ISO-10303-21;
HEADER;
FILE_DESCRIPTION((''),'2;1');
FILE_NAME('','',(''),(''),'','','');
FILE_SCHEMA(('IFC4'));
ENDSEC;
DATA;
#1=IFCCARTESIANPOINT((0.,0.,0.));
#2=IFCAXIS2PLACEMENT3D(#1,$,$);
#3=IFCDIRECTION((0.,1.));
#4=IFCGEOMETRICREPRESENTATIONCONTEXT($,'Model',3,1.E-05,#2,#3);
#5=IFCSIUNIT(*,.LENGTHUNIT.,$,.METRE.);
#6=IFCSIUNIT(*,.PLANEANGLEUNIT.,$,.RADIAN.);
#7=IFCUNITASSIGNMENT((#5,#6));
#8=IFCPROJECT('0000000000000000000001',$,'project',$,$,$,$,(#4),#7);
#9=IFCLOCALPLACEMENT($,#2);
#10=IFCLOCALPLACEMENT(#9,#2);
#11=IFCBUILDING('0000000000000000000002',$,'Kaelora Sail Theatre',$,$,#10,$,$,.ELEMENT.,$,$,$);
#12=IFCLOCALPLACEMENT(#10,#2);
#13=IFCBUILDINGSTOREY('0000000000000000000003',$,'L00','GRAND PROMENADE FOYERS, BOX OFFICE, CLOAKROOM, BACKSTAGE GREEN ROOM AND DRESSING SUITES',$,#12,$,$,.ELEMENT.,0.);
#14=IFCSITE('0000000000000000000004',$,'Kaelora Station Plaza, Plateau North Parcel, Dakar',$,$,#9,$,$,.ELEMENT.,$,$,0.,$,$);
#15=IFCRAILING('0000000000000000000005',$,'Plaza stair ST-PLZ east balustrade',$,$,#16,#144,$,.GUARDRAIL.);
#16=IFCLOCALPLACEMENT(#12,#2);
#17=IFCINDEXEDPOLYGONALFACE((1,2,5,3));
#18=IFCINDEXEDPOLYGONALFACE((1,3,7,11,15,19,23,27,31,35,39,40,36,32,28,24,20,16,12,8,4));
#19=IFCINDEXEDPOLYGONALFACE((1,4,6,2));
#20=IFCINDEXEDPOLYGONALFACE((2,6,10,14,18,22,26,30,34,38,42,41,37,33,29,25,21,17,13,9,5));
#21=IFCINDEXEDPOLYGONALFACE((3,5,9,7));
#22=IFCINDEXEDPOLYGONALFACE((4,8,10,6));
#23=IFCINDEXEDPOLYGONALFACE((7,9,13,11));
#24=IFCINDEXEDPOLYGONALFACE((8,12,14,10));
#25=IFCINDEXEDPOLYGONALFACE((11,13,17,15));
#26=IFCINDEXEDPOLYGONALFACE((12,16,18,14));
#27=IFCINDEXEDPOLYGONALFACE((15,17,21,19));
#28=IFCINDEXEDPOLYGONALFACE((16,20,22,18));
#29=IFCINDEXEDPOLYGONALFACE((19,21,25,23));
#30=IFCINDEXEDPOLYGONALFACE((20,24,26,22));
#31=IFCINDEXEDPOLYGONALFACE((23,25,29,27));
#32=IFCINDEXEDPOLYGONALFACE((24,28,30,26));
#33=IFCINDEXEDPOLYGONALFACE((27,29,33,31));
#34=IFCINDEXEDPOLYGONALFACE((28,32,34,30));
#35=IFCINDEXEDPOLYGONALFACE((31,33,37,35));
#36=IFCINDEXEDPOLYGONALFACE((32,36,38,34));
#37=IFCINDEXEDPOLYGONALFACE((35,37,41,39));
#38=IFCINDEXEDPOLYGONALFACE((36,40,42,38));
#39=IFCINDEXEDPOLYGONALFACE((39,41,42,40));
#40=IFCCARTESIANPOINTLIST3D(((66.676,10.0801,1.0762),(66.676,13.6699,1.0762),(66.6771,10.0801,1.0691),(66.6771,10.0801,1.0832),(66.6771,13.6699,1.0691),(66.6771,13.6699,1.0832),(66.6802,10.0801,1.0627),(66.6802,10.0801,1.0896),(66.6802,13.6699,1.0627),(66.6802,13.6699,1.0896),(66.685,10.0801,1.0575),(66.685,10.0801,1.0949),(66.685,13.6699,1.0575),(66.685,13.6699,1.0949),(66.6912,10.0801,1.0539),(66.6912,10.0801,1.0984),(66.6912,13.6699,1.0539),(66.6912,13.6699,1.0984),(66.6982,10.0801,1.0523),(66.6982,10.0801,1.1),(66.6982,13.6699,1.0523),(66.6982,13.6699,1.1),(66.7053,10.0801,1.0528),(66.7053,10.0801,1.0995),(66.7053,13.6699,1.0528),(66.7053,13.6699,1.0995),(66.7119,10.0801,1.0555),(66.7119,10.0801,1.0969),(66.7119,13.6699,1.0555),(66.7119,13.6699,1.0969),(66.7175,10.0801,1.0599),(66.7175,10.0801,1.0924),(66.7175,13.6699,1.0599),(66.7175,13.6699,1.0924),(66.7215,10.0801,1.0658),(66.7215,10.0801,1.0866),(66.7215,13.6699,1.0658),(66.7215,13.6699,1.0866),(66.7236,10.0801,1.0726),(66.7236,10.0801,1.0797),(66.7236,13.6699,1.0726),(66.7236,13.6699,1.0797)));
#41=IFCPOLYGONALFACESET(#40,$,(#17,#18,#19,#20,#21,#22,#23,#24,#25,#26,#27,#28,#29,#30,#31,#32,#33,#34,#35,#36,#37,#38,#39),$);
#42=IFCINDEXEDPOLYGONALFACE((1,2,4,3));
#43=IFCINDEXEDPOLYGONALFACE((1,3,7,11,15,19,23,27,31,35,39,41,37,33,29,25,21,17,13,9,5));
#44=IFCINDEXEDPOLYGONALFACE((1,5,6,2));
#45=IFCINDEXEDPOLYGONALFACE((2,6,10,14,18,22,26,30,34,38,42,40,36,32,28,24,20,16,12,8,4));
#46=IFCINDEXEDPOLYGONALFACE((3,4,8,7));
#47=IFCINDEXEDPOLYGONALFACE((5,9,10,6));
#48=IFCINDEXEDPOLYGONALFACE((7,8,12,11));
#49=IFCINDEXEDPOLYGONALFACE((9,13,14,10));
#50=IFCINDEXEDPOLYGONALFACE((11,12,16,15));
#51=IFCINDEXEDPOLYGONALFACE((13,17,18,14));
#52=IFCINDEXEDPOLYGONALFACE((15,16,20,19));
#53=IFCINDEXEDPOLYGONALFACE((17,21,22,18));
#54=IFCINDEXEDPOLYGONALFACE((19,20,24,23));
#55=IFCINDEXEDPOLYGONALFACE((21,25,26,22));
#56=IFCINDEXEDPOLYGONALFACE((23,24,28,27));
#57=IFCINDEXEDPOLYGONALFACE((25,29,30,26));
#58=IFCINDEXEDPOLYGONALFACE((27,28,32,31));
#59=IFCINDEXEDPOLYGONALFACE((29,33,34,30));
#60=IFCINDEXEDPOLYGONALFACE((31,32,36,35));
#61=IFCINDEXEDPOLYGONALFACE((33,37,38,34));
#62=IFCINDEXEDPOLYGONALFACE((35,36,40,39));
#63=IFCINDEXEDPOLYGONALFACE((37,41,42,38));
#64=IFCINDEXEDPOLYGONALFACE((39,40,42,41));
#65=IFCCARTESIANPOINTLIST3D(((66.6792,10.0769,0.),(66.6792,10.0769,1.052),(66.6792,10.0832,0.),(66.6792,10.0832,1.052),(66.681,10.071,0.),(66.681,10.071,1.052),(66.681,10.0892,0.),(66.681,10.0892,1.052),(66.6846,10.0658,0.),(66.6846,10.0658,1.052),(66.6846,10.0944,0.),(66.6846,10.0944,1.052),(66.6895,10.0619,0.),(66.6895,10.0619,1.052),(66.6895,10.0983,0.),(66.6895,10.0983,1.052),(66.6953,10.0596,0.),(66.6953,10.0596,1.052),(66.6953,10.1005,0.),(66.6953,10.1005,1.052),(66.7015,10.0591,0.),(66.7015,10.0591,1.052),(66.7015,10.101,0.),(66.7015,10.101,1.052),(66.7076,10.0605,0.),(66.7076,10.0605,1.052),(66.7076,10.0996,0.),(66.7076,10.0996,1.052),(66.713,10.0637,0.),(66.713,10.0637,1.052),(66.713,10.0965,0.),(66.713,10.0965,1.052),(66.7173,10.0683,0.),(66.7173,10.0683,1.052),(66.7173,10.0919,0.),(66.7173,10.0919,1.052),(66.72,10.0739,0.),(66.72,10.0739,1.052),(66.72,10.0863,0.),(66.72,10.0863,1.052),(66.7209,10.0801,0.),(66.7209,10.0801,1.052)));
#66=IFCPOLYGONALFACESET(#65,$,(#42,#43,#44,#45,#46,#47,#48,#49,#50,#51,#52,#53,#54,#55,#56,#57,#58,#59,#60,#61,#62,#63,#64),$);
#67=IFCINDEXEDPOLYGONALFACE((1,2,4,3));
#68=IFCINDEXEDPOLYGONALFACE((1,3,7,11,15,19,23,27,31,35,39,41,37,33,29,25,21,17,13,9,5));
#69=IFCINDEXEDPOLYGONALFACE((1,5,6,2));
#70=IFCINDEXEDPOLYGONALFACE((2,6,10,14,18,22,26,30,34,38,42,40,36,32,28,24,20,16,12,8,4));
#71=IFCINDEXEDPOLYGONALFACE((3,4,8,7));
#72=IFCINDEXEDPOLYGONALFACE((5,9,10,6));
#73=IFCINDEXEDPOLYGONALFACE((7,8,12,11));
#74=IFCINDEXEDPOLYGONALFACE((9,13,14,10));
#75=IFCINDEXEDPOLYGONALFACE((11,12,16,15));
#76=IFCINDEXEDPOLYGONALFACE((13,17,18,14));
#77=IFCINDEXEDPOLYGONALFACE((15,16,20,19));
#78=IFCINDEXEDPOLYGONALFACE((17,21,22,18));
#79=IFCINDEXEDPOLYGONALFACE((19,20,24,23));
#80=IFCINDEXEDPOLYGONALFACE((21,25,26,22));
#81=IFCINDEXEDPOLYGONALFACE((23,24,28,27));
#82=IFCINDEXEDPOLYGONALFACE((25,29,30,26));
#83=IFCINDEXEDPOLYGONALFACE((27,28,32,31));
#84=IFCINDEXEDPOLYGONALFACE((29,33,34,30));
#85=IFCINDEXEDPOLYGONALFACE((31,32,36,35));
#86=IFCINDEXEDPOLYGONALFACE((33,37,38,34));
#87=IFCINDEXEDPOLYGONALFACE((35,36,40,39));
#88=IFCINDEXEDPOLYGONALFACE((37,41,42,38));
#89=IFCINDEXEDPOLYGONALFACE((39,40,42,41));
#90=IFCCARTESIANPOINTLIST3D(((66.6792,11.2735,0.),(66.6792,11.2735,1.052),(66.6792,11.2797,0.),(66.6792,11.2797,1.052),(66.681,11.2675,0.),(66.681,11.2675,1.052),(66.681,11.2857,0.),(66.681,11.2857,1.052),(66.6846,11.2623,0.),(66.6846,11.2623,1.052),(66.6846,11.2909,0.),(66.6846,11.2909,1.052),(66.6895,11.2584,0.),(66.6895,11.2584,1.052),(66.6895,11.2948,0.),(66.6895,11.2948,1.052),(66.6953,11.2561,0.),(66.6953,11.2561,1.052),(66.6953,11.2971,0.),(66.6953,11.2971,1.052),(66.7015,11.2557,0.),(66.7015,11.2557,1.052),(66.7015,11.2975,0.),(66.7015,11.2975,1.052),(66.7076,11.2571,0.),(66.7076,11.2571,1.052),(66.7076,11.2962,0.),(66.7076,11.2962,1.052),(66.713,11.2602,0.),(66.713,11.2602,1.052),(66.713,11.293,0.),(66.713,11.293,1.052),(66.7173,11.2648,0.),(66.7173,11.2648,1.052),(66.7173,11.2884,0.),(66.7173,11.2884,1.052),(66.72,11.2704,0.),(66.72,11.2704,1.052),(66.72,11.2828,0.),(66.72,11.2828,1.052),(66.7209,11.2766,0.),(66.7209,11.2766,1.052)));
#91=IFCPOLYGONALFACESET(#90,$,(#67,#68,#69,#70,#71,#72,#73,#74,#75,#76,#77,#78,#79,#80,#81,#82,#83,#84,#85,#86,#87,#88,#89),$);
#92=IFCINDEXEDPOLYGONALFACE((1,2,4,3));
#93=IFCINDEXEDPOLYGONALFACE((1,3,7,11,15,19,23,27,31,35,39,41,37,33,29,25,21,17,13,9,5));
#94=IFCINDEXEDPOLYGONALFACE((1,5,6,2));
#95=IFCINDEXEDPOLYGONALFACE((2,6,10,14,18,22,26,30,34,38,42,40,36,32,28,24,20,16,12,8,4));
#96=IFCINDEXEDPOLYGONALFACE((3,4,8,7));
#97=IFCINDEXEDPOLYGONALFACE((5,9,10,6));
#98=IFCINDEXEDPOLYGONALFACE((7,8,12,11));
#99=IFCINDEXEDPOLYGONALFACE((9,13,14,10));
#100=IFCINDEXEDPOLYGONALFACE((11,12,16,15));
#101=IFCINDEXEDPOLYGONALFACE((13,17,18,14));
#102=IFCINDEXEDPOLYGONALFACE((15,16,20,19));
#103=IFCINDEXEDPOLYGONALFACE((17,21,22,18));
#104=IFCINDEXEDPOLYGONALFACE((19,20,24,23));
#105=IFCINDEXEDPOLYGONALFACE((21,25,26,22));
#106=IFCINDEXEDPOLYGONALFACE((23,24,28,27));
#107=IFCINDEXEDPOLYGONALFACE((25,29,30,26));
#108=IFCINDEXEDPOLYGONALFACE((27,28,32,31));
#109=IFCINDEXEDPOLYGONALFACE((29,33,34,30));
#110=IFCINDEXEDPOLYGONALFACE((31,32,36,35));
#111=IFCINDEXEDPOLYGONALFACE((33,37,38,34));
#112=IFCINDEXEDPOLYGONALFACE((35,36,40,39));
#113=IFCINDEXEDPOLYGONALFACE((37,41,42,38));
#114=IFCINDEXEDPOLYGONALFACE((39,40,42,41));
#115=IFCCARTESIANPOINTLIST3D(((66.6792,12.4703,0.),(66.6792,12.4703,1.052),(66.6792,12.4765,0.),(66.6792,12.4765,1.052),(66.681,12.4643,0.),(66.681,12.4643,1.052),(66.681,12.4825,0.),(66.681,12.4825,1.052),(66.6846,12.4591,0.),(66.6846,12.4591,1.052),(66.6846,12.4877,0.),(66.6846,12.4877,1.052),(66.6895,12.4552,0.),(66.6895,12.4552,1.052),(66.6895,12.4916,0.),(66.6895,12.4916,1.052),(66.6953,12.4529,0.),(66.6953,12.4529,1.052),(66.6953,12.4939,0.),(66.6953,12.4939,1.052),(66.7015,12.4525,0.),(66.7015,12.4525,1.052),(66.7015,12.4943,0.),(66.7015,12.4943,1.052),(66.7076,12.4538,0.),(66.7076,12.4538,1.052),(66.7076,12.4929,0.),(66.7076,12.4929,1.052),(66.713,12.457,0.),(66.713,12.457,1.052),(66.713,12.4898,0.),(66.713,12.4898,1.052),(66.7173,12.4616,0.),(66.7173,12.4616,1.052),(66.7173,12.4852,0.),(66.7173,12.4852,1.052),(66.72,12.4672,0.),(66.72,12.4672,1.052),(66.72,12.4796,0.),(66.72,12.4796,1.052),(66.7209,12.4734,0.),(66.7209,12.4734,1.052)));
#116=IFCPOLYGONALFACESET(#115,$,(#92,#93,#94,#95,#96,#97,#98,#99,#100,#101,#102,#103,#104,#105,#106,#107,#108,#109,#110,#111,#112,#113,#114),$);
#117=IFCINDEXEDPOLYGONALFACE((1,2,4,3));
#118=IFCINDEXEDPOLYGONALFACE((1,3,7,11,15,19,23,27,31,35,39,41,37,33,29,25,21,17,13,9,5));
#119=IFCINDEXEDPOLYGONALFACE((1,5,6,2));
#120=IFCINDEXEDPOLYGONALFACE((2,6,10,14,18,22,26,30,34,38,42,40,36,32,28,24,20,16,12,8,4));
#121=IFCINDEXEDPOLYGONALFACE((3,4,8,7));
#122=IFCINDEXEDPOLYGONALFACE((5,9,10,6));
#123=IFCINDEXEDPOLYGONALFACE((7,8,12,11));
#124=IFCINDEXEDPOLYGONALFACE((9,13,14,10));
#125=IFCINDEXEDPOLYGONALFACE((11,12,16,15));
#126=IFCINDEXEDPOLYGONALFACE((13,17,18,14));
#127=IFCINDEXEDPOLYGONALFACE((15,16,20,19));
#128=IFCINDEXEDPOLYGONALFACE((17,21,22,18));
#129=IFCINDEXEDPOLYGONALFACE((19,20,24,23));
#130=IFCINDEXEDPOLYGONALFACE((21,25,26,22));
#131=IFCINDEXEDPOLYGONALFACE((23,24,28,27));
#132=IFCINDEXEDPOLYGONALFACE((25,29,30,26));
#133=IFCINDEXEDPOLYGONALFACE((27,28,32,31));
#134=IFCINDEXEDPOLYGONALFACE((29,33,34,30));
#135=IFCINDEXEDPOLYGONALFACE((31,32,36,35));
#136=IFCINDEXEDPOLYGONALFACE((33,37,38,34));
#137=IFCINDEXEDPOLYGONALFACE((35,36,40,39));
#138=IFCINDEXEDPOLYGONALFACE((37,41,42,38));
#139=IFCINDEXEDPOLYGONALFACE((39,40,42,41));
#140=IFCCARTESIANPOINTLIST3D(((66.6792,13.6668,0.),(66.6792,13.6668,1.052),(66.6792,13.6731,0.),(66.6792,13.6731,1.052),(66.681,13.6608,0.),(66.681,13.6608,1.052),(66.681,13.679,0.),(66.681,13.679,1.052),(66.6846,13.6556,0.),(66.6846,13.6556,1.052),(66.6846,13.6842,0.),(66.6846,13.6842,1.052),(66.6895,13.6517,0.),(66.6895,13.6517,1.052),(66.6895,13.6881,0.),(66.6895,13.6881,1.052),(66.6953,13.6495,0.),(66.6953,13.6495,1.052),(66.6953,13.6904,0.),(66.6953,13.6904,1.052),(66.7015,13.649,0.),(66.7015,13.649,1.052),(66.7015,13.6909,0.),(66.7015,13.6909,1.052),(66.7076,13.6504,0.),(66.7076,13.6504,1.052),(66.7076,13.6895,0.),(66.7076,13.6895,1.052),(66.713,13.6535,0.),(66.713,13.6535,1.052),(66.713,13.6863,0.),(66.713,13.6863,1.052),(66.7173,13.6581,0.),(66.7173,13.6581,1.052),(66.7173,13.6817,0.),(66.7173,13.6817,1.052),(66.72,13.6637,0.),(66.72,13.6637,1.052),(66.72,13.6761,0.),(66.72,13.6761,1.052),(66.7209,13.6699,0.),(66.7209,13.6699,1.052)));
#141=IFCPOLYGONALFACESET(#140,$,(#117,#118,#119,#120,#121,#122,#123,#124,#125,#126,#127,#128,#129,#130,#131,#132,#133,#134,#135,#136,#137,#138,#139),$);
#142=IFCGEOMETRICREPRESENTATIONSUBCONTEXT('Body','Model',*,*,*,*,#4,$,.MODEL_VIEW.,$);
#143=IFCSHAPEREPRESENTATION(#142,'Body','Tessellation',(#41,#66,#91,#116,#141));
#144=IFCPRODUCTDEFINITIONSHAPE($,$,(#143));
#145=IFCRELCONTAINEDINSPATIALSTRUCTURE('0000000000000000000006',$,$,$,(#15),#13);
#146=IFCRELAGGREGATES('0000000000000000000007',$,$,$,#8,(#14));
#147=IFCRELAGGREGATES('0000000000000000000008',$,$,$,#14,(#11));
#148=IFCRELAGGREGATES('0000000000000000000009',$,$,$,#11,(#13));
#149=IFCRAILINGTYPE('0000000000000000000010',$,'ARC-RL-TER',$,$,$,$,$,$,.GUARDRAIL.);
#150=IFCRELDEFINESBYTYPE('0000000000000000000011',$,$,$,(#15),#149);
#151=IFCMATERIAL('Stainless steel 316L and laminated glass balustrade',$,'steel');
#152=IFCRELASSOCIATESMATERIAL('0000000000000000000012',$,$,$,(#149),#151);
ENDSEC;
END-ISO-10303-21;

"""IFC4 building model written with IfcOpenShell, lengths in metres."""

from ifc_helpers import new_model, si_unit, direction, frame, origin, origin_2d, place, context, subcontext, project, spatial, circle, extrude, material, type_object, element, save


model = new_model("IFC4")

# Units and contexts
model_context = context("Model", 3, precision=1e-05, world=origin(), true_north=direction((0.0, 1.0)))
body_context = subcontext(model_context, "Body", "Model", "MODEL_VIEW")
ifc_project = project(units=[si_unit("LENGTHUNIT", "METRE"), si_unit("PLANEANGLEUNIT", "RADIAN")], contexts=[model_context])

# Site, building, storey
site_placement = place(None, origin())
site = spatial("IfcSite", under=ifc_project, at=site_placement, Name="Kaelora Station Plaza, Plateau North Parcel, Dakar", CompositionType="ELEMENT", RefElevation=0.0)
building_placement = place(site_placement, origin())
building = spatial("IfcBuilding", under=site, at=building_placement, Name="Kaelora Sail Theatre", CompositionType="ELEMENT")
storey_placement = place(building_placement, origin())
storey = spatial("IfcBuildingStorey", under=building, at=storey_placement, Name="L00", Description="GRAND PROMENADE FOYERS, BOX OFFICE, CLOAKROOM, BACKSTAGE GREEN ROOM AND DRESSING SUITES", CompositionType="ELEMENT", Elevation=0.0)

# Railing
ifc_material_1 = material(Name="Stainless steel 316L and laminated glass balustrade", Category="steel")
railing_type = type_object("IfcRailingType", Name="ARC-RL-TER", PredefinedType="GUARDRAIL", material=ifc_material_1)
railing_1_placement = place(storey_placement, frame((66.7, 10.0801, 0.0)))
element("IfcRailing", 1, at=railing_1_placement, inside=storey, type_object=railing_type, Name="Plaza stair ST-PLZ east balustrade", PredefinedType="GUARDRAIL", context=body_context, shape_type="SweptSolid", body=[
    extrude(circle(Radius=0.0239, at=origin_2d()), frame((0.0, 0.0, 1.0762), z_axis=(0.0, 1.0, 0.0), x_axis=(-1.0, 0.0, 0.0)), (0.0, 0.0, 1.0), 3.5898),
    extrude(circle(Radius=0.021, at=origin_2d()), origin(), (0.0, 0.0, 1.0), 1.052),
    extrude(circle(Radius=0.021, at=origin_2d()), frame((0.0, 1.1965, 0.0)), (0.0, 0.0, 1.0), 1.052),
    extrude(circle(Radius=0.021, at=origin_2d()), frame((0.0, 2.3933, 0.0)), (0.0, 0.0, 1.0), 1.052),
    extrude(circle(Radius=0.021, at=origin_2d()), frame((0.0, 3.5898, 0.0)), (0.0, 0.0, 1.0), 1.052),
])

save(model, "model.ifc")
